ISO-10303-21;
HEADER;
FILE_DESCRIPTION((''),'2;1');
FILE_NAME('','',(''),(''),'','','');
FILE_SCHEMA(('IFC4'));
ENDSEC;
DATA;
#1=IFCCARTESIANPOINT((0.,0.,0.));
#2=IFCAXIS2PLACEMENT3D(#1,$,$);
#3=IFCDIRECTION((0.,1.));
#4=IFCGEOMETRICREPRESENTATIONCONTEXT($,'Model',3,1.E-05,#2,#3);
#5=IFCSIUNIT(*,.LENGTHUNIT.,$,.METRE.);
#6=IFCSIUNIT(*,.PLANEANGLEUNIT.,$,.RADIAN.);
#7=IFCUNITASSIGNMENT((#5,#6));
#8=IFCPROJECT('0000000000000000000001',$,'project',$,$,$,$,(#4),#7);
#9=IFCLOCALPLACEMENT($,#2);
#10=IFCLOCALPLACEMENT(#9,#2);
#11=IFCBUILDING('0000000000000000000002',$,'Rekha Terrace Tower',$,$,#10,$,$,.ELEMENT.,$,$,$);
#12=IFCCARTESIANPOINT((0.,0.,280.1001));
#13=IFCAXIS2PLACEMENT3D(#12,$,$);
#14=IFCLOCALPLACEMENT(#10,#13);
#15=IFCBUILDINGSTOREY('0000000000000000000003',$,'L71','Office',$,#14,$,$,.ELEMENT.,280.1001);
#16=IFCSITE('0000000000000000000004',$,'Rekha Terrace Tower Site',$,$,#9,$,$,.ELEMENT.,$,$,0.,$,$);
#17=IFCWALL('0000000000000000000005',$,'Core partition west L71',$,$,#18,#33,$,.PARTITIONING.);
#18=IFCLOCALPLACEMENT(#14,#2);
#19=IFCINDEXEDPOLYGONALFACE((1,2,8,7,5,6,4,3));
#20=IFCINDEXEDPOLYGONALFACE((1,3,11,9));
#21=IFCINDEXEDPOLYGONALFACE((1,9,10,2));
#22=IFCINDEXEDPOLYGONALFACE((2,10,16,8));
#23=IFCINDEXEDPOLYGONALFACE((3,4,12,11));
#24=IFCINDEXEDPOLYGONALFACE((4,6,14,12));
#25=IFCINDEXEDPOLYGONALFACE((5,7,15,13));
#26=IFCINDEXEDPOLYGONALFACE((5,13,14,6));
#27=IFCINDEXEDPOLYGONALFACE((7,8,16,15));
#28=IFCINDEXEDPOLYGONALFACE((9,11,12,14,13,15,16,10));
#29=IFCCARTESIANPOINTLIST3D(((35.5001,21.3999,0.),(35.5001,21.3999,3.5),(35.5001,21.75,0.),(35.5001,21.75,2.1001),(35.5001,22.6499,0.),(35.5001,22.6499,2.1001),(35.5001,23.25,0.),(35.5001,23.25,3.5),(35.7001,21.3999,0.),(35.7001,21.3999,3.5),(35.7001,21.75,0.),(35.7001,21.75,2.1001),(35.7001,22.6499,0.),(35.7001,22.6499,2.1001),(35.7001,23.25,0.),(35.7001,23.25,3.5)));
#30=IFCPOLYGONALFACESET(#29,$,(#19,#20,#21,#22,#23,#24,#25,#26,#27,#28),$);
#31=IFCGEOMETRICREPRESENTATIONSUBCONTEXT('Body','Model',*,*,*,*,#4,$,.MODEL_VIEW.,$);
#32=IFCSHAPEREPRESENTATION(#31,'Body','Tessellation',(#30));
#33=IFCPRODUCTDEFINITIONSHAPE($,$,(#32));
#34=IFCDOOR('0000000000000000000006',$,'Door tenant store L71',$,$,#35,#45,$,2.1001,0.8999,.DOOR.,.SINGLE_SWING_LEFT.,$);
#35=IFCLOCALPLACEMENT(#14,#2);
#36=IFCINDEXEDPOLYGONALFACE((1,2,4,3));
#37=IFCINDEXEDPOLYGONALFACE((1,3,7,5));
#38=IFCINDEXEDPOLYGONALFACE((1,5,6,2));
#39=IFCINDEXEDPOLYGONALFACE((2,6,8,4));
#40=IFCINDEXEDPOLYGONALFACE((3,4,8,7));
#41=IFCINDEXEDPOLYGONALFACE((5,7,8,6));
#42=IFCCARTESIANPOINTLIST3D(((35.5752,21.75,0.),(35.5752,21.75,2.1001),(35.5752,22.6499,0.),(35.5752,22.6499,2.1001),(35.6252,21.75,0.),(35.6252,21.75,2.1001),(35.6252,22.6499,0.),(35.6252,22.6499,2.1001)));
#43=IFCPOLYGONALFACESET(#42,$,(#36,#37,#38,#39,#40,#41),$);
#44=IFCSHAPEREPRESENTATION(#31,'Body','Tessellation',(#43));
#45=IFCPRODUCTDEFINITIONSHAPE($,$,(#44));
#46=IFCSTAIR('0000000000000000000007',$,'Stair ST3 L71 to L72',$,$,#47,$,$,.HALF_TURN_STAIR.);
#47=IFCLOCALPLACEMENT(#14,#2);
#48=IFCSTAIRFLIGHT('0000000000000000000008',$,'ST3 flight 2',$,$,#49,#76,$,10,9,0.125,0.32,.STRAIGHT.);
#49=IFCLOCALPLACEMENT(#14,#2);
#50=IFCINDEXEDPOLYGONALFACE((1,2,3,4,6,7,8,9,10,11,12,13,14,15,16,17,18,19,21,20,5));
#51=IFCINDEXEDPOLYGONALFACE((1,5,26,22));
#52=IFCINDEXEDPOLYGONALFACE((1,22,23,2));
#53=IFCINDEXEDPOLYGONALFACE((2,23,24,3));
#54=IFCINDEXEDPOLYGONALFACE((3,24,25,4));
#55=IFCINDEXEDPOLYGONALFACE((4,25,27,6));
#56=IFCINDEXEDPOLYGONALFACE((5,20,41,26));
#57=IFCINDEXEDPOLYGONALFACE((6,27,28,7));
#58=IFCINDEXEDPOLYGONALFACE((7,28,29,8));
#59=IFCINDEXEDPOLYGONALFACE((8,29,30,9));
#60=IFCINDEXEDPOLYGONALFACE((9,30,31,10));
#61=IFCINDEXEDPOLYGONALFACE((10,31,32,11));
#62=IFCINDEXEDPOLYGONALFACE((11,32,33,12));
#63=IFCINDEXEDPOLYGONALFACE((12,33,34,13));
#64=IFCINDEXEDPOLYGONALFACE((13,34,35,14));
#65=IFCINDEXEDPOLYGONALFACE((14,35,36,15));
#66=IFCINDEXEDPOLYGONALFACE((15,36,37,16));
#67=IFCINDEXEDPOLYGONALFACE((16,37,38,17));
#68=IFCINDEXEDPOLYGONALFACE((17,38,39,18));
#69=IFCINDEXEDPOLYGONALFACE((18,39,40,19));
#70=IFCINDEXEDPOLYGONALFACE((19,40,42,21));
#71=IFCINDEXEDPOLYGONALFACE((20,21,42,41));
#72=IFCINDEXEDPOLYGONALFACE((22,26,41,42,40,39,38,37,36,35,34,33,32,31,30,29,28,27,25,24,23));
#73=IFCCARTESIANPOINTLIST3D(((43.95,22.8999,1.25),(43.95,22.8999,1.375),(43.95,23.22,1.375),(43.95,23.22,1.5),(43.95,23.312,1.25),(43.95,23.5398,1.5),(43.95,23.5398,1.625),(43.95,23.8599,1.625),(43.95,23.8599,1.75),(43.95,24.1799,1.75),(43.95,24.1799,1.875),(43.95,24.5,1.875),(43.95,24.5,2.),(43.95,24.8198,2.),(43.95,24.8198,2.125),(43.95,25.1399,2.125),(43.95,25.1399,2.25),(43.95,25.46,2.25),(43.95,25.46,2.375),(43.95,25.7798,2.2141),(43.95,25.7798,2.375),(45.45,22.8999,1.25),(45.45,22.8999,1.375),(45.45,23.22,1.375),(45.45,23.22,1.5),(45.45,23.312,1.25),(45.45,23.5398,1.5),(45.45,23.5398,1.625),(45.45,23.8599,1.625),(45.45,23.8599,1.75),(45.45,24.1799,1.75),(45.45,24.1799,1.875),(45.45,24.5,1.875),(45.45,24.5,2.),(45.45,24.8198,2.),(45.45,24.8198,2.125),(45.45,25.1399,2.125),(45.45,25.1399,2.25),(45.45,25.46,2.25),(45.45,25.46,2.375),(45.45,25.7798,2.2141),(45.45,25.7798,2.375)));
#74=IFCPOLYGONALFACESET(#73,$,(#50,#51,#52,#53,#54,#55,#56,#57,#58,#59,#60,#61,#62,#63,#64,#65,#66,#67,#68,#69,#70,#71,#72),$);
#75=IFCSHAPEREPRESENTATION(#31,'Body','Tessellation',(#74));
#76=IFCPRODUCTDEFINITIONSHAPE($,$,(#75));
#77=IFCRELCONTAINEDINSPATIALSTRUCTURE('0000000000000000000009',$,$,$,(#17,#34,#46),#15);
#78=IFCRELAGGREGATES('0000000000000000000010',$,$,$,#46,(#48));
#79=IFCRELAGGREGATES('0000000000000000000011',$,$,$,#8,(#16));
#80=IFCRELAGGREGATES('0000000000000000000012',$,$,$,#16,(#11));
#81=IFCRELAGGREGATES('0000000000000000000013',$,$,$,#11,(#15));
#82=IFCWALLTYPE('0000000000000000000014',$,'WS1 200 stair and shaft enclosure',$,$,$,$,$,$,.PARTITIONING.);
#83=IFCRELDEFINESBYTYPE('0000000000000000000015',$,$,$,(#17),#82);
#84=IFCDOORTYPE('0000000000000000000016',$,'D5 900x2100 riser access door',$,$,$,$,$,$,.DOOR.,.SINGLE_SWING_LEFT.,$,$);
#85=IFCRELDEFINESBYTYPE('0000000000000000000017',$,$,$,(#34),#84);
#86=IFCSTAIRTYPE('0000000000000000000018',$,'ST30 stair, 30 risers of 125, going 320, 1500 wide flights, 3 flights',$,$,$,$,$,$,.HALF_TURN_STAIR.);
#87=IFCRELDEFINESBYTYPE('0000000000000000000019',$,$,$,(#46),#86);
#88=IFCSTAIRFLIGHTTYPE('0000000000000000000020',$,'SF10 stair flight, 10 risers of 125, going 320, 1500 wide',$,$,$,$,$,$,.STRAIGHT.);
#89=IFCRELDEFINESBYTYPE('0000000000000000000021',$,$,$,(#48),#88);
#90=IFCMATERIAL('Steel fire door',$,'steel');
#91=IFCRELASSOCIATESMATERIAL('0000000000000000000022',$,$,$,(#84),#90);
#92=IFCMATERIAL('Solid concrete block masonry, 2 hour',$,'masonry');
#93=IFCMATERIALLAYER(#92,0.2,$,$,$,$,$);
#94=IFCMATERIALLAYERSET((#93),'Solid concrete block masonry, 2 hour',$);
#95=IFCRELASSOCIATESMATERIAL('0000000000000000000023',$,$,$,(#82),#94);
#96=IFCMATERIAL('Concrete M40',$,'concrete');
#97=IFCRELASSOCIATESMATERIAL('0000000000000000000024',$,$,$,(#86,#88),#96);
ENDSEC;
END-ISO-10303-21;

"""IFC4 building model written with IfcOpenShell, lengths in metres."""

from ifc_helpers import new_model, si_unit, direction, frame, frame_2d, origin, place, context, subcontext, project, spatial, polyline, rectangle, outline, extrude, material, layer, layer_set, type_object, element, fill, aggregate, save


model = new_model("IFC4")

# Units and contexts
model_context = context("Model", 3, precision=1e-05, world=origin(), true_north=direction((0.0, 1.0)))
body_context = subcontext(model_context, "Body", "Model", "MODEL_VIEW")
ifc_project = project(units=[si_unit("LENGTHUNIT", "METRE"), si_unit("PLANEANGLEUNIT", "RADIAN")], contexts=[model_context])

# Site, building, storey
site_placement = place(None, origin())
site = spatial("IfcSite", under=ifc_project, at=site_placement, Name="Rekha Terrace Tower Site", CompositionType="ELEMENT", RefElevation=0.0)
building_placement = place(site_placement, origin())
building = spatial("IfcBuilding", under=site, at=building_placement, Name="Rekha Terrace Tower", CompositionType="ELEMENT")
storey_placement = place(building_placement, frame((0.0, 0.0, 280.1001)))
storey = spatial("IfcBuildingStorey", under=building, at=storey_placement, Name="L71", Description="Office", CompositionType="ELEMENT", Elevation=280.1001)

# Shared definitions
ifc_material_1 = material(Name="Steel fire door", Category="steel")
door_type_1 = type_object("IfcDoorType", Name="D5 900x2100 riser access door", OperationType="SINGLE_SWING_LEFT", PredefinedType="DOOR", material=ifc_material_1)

# Wall, opening, door
ifc_material_2 = material(Name="Solid concrete block masonry, 2 hour", Category="masonry")
ifc_layer_1 = layer(ifc_material_2, 0.2)
ifc_layer_set_1 = layer_set([ifc_layer_1], Name="Solid concrete block masonry, 2 hour")
wall_type_1 = type_object("IfcWallType", Name="WS1 200 stair and shaft enclosure", PredefinedType="PARTITIONING", material=ifc_layer_set_1)
wall_1_placement = place(storey_placement, frame((35.6001, 21.3999, 0.0), z_axis=(0.0, 0.0, 1.0), x_axis=(0.0, 1.0, 0.0)))
wall_1 = element("IfcWall", 1, at=wall_1_placement, inside=storey, type_object=wall_type_1, Name="Core partition west L71", PredefinedType="PARTITIONING", context=body_context, shape_type="SweptSolid", body=[
    extrude(rectangle(XDim=1.8501, YDim=0.2, at=frame_2d((0.925, 0.0))), origin(), (0.0, 0.0, 1.0), 3.5),
])
opening_1_placement = place(wall_1_placement, frame((0.3501, 0.0, 0.0)))
opening_1 = element("IfcOpeningElement", 2, at=opening_1_placement, cuts=wall_1, PredefinedType="OPENING", context=body_context, shape_type="SweptSolid", body=[
    extrude(rectangle(XDim=0.8999, YDim=2.1001, at=frame_2d((0.45, 1.05))), frame((0.0, 0.1099, 0.0), z_axis=(0.0, -1.0, 0.0), x_axis=(1.0, 0.0, 0.0)), (0.0, 0.0, 1.0), 0.22),
])
door_1_placement = place(opening_1_placement, origin())
door_1 = element("IfcDoor", 3, at=door_1_placement, inside=storey, type_object=door_type_1, Name="Door tenant store L71", OperationType="SINGLE_SWING_LEFT", OverallHeight=2.1001, OverallWidth=0.8999, PredefinedType="DOOR", context=body_context, shape_type="SweptSolid", body=[
    extrude(rectangle(XDim=0.8999, YDim=2.1001, at=frame_2d((0.45, 1.05))), frame((0.0, 0.0249, 0.0), z_axis=(0.0, -1.0, 0.0), x_axis=(1.0, 0.0, 0.0)), (0.0, 0.0, 1.0), 0.05),
])
fill(opening_1, door_1)

# Stair, stair flight
ifc_material_3 = material(Name="Concrete M40", Category="concrete")
stair_type = type_object("IfcStairType", Name="ST30 stair, 30 risers of 125, going 320, 1500 wide flights, 3 flights", PredefinedType="HALF_TURN_STAIR", material=ifc_material_3)
stair_placement = place(storey_placement, origin())
stair = element("IfcStair", 4, at=stair_placement, inside=storey, type_object=stair_type, Name="Stair ST3 L71 to L72", PredefinedType="HALF_TURN_STAIR")
stair_flight_type = type_object("IfcStairFlightType", Name="SF10 stair flight, 10 risers of 125, going 320, 1500 wide", PredefinedType="STRAIGHT", material=ifc_material_3)
stair_flight_placement = place(storey_placement, frame((44.7, 22.8999, 1.25), z_axis=(0.0, 0.0, 1.0), x_axis=(0.0, 1.0, 0.0)))
stair_flight = element("IfcStairFlight", 5, at=stair_flight_placement, type_object=stair_flight_type, Name="ST3 flight 2", NumberOfRisers=10, NumberOfTreads=9, PredefinedType="STRAIGHT", RiserHeight=0.125, TreadLength=0.32, context=body_context, shape_type="SweptSolid", body=[
    extrude(outline(polyline([(0.0, 0.0), (0.0, 0.125), (0.3201, 0.125), (0.3201, 0.25), (0.6399, 0.25), (0.6399, 0.375), (0.96, 0.375), (0.96, 0.5), (1.28, 0.5), (1.28, 0.625), (1.6001, 0.625), (1.6001, 0.75), (1.9199, 0.75), (1.9199, 0.875), (2.24, 0.875), (2.24, 1.0), (2.5601, 1.0), (2.5601, 1.125), (2.8799, 1.125), (2.8799, 1.25), (2.8799, 0.9641), (0.4121, 0.0), (0.0, 0.0)])), frame((0.0, 0.75, 0.0), z_axis=(0.0, -1.0, 0.0), x_axis=(1.0, 0.0, 0.0)), (0.0, 0.0, 1.0), 1.5),
])
aggregate(stair, [stair_flight])

save(model, "model.ifc")
